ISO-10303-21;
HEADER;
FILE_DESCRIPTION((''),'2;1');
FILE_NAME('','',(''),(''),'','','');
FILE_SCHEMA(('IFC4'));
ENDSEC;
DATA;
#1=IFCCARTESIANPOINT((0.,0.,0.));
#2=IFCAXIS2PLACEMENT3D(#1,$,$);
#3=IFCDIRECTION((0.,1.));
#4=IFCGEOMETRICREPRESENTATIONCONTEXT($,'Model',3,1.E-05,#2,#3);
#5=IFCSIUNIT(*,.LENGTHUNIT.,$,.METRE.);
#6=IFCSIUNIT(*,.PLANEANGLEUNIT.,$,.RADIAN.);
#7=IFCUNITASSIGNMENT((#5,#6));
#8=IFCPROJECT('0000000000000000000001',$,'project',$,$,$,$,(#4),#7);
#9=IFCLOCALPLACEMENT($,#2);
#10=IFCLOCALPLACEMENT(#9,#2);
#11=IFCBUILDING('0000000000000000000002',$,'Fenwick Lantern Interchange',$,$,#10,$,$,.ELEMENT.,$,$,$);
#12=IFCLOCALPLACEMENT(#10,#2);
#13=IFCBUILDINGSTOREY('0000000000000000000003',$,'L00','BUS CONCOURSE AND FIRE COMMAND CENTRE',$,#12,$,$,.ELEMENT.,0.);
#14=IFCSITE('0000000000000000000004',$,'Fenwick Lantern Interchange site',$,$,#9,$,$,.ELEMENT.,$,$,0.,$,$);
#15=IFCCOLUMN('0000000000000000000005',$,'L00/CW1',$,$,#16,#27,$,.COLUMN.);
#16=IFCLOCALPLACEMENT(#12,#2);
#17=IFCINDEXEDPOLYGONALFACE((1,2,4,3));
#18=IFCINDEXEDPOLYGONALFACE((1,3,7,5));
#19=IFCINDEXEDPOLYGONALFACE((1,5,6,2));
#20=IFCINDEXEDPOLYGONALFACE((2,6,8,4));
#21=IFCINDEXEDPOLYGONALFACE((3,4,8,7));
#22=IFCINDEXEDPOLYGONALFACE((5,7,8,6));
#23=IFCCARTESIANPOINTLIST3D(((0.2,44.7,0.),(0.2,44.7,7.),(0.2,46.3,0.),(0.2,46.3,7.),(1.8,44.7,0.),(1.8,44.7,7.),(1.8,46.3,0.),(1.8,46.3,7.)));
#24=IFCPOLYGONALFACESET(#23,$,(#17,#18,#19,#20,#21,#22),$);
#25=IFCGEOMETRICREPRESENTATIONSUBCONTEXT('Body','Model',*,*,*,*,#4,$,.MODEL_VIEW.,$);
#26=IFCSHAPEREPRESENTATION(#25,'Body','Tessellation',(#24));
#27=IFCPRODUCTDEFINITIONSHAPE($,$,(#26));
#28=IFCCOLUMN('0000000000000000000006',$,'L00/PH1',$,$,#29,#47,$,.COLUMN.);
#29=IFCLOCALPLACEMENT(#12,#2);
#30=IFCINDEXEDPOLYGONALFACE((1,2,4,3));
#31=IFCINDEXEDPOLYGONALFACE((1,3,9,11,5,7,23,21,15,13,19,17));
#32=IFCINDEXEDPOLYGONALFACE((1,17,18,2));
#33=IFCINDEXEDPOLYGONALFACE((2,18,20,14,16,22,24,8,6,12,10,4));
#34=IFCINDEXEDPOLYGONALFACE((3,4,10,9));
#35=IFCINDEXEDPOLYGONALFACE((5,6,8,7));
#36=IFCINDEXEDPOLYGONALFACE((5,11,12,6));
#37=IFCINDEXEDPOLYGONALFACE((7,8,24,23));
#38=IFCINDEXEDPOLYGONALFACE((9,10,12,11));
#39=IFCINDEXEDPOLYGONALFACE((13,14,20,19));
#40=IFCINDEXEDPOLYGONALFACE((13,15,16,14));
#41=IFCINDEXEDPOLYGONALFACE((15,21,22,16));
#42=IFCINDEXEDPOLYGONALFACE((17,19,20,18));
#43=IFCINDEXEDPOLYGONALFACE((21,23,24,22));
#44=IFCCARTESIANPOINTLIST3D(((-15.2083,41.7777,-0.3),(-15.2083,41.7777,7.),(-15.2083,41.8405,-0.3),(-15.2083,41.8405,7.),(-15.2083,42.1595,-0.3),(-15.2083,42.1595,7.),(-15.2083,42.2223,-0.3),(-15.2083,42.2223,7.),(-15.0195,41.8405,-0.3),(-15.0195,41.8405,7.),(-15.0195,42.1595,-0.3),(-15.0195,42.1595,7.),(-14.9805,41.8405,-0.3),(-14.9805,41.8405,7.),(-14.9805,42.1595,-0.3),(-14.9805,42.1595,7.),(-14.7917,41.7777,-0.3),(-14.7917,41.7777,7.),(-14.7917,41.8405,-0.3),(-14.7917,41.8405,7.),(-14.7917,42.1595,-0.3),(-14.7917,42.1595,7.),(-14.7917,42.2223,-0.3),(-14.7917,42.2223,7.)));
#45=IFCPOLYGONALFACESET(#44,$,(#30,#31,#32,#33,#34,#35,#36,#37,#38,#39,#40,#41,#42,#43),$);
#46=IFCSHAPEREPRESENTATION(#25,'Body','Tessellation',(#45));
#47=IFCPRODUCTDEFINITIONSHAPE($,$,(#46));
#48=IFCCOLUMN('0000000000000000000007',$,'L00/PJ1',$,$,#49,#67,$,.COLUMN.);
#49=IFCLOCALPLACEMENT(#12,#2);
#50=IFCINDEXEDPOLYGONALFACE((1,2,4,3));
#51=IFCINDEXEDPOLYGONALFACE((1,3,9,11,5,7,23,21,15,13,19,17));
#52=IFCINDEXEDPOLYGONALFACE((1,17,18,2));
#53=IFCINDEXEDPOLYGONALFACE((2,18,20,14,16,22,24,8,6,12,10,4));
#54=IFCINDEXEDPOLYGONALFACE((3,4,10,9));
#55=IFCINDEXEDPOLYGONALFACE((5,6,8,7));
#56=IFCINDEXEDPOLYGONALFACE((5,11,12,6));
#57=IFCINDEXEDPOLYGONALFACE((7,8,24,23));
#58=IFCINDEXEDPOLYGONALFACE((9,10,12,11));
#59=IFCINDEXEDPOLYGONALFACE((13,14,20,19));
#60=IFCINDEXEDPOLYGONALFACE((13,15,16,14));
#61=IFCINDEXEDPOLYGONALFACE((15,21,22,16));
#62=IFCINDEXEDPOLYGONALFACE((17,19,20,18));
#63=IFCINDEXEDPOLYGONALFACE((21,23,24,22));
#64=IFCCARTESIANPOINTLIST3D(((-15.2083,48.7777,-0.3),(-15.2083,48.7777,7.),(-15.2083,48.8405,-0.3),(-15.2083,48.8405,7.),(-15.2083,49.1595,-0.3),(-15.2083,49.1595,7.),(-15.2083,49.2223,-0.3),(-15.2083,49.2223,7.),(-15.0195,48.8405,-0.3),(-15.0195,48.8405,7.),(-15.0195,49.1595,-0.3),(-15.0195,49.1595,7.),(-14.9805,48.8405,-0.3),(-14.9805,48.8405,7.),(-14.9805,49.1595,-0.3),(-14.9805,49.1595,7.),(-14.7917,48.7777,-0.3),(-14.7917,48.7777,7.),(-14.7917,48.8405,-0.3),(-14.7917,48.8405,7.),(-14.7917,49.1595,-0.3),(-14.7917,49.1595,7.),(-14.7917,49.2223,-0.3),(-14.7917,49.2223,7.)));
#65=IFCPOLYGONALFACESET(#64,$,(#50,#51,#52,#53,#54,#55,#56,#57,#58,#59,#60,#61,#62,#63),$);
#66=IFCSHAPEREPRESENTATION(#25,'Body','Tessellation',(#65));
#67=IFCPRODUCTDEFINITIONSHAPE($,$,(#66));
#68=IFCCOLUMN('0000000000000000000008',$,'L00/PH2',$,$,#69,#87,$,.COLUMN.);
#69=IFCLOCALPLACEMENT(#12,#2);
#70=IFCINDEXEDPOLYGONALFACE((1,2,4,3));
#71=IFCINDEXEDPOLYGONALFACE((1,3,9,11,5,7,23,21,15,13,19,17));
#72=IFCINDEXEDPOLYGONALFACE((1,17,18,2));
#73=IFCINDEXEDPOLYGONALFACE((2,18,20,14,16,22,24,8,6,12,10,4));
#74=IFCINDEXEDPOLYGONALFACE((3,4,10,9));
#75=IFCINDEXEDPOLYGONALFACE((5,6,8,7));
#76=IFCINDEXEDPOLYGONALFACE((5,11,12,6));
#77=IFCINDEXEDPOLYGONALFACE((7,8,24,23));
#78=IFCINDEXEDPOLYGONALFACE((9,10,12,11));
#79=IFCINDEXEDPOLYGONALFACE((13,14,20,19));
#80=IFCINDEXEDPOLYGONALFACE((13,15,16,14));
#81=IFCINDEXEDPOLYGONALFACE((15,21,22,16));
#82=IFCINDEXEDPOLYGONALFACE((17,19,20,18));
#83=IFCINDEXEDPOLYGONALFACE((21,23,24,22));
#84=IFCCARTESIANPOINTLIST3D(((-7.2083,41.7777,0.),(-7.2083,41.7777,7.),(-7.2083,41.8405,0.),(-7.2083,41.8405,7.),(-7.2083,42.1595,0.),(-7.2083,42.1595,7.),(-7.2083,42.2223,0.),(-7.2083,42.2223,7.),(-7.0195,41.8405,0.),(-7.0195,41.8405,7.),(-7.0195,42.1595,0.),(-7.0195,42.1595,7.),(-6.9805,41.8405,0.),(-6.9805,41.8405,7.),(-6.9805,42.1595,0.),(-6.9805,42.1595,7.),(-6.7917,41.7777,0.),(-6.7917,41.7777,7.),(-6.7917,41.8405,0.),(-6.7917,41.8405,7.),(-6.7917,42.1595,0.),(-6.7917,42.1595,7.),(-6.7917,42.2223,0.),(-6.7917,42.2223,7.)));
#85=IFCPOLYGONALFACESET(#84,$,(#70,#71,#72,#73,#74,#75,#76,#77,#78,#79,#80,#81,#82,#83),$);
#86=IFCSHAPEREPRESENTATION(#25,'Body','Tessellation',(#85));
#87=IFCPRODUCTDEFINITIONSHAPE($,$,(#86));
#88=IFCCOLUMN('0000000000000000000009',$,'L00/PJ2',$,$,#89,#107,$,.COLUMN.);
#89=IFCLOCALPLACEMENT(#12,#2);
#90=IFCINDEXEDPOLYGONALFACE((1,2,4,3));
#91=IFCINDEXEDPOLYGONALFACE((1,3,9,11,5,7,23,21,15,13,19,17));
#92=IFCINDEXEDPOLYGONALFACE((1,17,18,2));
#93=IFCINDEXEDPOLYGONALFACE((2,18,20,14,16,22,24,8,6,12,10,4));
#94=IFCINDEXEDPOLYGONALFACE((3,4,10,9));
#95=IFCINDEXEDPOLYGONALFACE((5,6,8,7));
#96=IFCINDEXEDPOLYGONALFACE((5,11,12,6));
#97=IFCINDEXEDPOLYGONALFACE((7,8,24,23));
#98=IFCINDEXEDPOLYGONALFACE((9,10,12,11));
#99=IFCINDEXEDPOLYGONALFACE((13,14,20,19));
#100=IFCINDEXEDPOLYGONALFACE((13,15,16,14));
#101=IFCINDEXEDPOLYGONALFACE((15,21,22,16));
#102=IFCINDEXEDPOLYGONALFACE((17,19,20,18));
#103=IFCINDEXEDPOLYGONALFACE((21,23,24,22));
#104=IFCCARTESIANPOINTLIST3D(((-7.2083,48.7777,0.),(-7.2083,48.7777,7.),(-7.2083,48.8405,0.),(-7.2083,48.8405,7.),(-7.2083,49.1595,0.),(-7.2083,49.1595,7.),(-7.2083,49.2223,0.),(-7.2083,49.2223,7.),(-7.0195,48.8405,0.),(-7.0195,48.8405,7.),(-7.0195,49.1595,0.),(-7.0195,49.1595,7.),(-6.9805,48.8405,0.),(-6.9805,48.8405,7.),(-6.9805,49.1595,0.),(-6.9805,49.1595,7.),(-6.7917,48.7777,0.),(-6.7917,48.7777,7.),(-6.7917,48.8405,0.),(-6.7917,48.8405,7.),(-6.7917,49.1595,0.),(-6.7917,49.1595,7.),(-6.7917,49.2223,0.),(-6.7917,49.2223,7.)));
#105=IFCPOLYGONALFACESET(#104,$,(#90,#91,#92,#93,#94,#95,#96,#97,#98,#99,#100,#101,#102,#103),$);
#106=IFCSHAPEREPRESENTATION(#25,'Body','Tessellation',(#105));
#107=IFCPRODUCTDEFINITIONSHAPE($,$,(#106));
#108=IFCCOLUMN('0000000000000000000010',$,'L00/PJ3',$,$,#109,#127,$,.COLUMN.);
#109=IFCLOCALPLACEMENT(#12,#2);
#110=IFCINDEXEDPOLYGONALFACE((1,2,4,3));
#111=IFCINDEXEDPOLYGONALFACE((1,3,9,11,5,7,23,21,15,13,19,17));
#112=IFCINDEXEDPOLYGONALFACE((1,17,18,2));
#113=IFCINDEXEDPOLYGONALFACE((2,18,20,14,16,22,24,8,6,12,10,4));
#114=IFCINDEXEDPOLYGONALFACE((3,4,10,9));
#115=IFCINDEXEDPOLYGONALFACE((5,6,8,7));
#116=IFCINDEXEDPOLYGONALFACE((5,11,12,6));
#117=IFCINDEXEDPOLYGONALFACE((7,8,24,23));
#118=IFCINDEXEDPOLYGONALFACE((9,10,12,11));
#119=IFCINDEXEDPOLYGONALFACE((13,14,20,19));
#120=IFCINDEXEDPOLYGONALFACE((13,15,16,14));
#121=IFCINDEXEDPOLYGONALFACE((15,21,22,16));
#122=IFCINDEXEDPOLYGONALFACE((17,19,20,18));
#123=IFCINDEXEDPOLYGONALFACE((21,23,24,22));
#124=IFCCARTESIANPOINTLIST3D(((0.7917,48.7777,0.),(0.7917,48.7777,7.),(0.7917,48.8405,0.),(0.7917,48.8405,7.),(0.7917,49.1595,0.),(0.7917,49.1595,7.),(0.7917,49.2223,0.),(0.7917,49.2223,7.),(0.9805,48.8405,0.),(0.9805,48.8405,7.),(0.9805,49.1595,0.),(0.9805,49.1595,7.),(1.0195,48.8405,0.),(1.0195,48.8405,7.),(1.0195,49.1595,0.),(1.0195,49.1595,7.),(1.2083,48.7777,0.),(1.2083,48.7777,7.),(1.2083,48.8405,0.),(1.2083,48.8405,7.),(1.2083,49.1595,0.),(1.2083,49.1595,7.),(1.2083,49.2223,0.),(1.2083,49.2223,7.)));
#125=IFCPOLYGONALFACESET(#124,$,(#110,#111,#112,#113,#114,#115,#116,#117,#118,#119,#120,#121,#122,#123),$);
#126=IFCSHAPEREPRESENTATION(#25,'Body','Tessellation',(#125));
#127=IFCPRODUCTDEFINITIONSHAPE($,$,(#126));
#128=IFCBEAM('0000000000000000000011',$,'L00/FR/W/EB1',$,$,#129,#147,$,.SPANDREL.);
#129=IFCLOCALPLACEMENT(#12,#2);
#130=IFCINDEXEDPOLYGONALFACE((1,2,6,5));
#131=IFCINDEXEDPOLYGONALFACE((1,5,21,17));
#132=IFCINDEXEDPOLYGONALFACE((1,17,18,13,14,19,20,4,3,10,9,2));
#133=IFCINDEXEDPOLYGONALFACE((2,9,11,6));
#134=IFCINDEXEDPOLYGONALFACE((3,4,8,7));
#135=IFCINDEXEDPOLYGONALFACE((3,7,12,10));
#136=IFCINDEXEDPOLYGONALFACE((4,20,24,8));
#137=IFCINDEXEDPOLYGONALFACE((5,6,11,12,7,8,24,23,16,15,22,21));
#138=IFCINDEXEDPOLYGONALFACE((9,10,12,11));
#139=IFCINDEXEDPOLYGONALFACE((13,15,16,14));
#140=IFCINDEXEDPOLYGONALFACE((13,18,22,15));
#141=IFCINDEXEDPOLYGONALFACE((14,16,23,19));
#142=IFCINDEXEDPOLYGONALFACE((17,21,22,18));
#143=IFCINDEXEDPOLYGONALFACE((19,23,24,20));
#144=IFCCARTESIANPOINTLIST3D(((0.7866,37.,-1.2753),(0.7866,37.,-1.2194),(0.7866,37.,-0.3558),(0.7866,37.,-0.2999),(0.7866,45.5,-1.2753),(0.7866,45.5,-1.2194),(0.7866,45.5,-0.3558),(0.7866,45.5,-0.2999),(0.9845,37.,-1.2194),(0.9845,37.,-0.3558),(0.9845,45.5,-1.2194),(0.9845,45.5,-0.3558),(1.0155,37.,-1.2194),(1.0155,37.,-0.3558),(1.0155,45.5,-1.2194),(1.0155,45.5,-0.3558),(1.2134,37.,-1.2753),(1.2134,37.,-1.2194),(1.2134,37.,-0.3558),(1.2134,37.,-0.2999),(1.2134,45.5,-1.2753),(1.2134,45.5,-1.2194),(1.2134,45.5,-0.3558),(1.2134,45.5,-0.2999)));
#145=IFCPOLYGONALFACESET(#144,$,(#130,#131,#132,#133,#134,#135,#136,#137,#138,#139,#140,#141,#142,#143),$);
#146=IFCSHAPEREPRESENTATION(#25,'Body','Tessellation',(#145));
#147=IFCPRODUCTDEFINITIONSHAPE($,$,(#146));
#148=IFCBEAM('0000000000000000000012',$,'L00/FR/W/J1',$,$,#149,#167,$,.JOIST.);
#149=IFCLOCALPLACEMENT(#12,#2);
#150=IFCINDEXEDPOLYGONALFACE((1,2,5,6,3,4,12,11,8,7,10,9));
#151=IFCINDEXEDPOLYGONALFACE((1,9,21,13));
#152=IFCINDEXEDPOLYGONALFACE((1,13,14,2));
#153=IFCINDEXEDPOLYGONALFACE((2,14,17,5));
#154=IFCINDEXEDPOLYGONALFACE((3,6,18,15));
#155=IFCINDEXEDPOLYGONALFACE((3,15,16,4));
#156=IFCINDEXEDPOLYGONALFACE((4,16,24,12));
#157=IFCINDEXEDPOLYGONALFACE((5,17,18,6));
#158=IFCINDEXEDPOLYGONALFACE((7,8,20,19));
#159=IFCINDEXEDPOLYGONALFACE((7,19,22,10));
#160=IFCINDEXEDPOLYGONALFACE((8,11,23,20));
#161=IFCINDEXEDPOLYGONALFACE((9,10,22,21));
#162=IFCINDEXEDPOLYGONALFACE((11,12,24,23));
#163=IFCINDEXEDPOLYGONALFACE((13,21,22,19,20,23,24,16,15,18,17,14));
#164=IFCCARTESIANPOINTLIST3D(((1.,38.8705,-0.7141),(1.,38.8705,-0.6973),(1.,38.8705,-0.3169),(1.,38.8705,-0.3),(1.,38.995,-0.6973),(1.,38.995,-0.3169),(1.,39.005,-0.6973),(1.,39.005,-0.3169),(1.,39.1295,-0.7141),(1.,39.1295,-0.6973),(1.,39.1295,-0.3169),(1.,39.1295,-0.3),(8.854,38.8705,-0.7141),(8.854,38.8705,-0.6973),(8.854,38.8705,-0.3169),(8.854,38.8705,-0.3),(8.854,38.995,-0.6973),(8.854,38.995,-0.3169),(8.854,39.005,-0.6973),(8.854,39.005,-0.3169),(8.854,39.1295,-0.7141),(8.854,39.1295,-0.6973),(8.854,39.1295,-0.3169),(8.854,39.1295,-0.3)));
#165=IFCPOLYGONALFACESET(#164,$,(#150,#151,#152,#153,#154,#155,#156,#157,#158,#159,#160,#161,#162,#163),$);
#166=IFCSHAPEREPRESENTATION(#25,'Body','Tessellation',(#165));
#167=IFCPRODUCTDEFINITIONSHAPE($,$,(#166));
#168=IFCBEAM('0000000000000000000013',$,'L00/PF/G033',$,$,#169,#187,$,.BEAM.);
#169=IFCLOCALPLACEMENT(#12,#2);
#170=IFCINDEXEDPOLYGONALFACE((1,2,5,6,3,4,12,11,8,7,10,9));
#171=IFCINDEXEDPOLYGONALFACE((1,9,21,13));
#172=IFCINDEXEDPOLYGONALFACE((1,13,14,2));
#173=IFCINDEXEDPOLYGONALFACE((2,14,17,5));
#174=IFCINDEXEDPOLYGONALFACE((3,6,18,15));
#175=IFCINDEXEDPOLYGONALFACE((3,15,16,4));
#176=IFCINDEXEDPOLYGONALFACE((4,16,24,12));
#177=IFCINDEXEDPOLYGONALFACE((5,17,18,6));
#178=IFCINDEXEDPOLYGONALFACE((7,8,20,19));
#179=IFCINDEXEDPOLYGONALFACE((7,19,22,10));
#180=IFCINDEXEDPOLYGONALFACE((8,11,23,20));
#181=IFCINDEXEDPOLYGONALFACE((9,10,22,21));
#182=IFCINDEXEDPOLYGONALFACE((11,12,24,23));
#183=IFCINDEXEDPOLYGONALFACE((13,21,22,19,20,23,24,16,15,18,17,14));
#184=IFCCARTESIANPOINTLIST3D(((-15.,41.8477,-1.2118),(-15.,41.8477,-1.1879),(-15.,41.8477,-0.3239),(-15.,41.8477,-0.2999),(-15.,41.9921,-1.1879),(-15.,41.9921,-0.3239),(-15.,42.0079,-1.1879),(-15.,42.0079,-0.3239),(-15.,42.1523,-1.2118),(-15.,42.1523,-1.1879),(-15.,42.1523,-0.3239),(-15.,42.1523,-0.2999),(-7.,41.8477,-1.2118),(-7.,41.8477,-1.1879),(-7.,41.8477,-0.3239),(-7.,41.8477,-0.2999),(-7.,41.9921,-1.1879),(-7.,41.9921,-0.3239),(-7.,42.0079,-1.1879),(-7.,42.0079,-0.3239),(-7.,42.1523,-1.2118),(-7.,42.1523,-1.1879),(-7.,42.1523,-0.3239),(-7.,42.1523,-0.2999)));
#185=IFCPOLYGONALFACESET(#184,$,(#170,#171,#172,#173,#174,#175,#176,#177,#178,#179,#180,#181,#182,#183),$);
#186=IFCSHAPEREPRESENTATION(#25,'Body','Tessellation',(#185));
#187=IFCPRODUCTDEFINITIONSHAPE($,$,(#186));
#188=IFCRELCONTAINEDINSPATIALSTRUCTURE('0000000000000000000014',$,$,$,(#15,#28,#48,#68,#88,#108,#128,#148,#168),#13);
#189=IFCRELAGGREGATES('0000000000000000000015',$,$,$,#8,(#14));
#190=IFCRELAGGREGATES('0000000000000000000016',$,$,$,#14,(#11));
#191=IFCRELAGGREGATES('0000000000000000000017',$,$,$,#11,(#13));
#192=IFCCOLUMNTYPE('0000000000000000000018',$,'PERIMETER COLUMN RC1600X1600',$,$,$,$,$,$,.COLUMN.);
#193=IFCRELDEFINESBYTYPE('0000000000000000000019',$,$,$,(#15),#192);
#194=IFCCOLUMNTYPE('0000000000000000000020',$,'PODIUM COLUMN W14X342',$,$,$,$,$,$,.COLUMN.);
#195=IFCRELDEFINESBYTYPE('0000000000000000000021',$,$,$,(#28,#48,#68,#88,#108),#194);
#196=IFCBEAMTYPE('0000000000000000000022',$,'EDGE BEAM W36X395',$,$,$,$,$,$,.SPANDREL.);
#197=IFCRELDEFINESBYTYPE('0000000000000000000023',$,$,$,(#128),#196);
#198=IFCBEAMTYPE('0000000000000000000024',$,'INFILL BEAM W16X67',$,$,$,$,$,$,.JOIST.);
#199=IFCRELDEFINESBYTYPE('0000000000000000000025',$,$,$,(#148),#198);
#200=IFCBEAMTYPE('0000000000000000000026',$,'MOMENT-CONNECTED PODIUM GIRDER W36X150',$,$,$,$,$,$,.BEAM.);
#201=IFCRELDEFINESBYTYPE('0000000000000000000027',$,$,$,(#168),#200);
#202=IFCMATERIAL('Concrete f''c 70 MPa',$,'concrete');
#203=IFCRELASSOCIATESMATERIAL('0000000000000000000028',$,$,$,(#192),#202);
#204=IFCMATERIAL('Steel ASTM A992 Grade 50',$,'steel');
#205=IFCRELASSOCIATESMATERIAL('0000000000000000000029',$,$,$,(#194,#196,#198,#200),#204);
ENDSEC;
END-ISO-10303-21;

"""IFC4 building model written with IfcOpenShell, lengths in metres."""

from ifc_helpers import new_model, si_unit, direction, frame, origin, origin_2d, place, context, subcontext, project, spatial, rectangle, i_section, extrude, material, material_profile, profile_set, type_object, element, save


model = new_model("IFC4")

# Units and contexts
model_context = context("Model", 3, precision=1e-05, world=origin(), true_north=direction((0.0, 1.0)))
body_context = subcontext(model_context, "Body", "Model", "MODEL_VIEW")
ifc_project = project(units=[si_unit("LENGTHUNIT", "METRE"), si_unit("PLANEANGLEUNIT", "RADIAN")], contexts=[model_context])

# Site, building, storey
site_placement = place(None, origin())
site = spatial("IfcSite", under=ifc_project, at=site_placement, Name="Fenwick Lantern Interchange site", CompositionType="ELEMENT", RefElevation=0.0)
building_placement = place(site_placement, origin())
building = spatial("IfcBuilding", under=site, at=building_placement, Name="Fenwick Lantern Interchange", CompositionType="ELEMENT")
storey_placement = place(building_placement, origin())
storey = spatial("IfcBuildingStorey", under=building, at=storey_placement, Name="L00", Description="BUS CONCOURSE AND FIRE COMMAND CENTRE", CompositionType="ELEMENT", Elevation=0.0)

# Columns
ifc_material_1 = material(Name="Concrete f'c 70 MPa", Category="concrete")
ifc_material_profile_1 = material_profile(ifc_material_1, rectangle(XDim=1.6001, YDim=1.6001, at=origin_2d()), Name="RC1600X1600")
ifc_profile_set_1 = profile_set([ifc_material_profile_1], Name="Concrete f'c 70 MPa")
column_type_1 = type_object("IfcColumnType", Name="PERIMETER COLUMN RC1600X1600", PredefinedType="COLUMN", material=ifc_profile_set_1)
column_placement = place(storey_placement, frame((1.0, 45.5, 0.0), z_axis=(0.0, 0.0, 1.0), x_axis=(1.0, 0.0, 0.0)))
element("IfcColumn", 1, at=column_placement, inside=storey, type_object=column_type_1, Name="L00/CW1", PredefinedType="COLUMN", context=body_context, shape_type="SweptSolid", body=[
    extrude(rectangle(XDim=1.6001, YDim=1.6001, at=origin_2d()), origin(), (0.0, 0.0, 1.0), 7.0),
])
ifc_material_2 = material(Name="Steel ASTM A992 Grade 50", Category="steel")
ifc_material_profile_2 = material_profile(ifc_material_2, i_section(OverallWidth=0.4165, OverallDepth=0.4446, WebThickness=0.0391, FlangeThickness=0.0627, at=origin_2d()), Name="W14X342")
ifc_profile_set_2 = profile_set([ifc_material_profile_2], Name="Steel ASTM A992 Grade 50")
column_type_2 = type_object("IfcColumnType", Name="PODIUM COLUMN W14X342", PredefinedType="COLUMN", material=ifc_profile_set_2)
for number, where, z_axis, x_axis, name in (
    (2, (-15.0, 42.0, -0.3), (0.0, 0.0, 1.0), (1.0, 0.0, 0.0), "L00/PH1"),
    (3, (-15.0, 49.0, -0.3), (0.0, 0.0, 1.0), (1.0, 0.0, 0.0), "L00/PJ1"),
):
    element("IfcColumn", number, at=place(storey_placement, frame(where, z_axis=z_axis, x_axis=x_axis)), inside=storey, type_object=column_type_2, Name=name, PredefinedType="COLUMN", context=body_context, shape_type="SweptSolid", body=[
        extrude(i_section(OverallWidth=0.4165, OverallDepth=0.4446, WebThickness=0.0391, FlangeThickness=0.0627, at=origin_2d()), origin(), (0.0, 0.0, 1.0), 7.3),
    ])
for number, where, z_axis, x_axis, name in (
    (4, (-7.0, 42.0, 0.0), (0.0, 0.0, 1.0), (1.0, 0.0, 0.0), "L00/PH2"),
    (5, (-7.0, 49.0, 0.0), (0.0, 0.0, 1.0), (1.0, 0.0, 0.0), "L00/PJ2"),
    (6, (1.0, 49.0, 0.0), (0.0, 0.0, 1.0), (1.0, 0.0, 0.0), "L00/PJ3"),
):
    element("IfcColumn", number, at=place(storey_placement, frame(where, z_axis=z_axis, x_axis=x_axis)), inside=storey, type_object=column_type_2, Name=name, PredefinedType="COLUMN", context=body_context, shape_type="SweptSolid", body=[
        extrude(i_section(OverallWidth=0.4165, OverallDepth=0.4446, WebThickness=0.0391, FlangeThickness=0.0627, at=origin_2d()), origin(), (0.0, 0.0, 1.0), 7.0),
    ])

# Beams
ifc_material_profile_3 = material_profile(ifc_material_2, i_section(OverallWidth=0.4268, OverallDepth=0.9753, WebThickness=0.031, FlangeThickness=0.0559, at=origin_2d()), Name="W36X395")
ifc_profile_set_3 = profile_set([ifc_material_profile_3], Name="Steel ASTM A992 Grade 50")
beam_type_1 = type_object("IfcBeamType", Name="EDGE BEAM W36X395", PredefinedType="SPANDREL", material=ifc_profile_set_3)
beam_1_placement = place(storey_placement, frame((1.0, 45.5, -0.7876), z_axis=(0.0, -1.0, 0.0), x_axis=(1.0, 0.0, 0.0)))
element("IfcBeam", 7, at=beam_1_placement, inside=storey, type_object=beam_type_1, Name="L00/FR/W/EB1", PredefinedType="SPANDREL", context=body_context, shape_type="SweptSolid", body=[
    extrude(i_section(OverallWidth=0.4268, OverallDepth=0.9753, WebThickness=0.031, FlangeThickness=0.0559, at=origin_2d()), origin(), (0.0, 0.0, 1.0), 8.5),
])
ifc_material_profile_4 = material_profile(ifc_material_2, i_section(OverallWidth=0.259, OverallDepth=0.4141, WebThickness=0.01, FlangeThickness=0.0168, at=origin_2d()), Name="W16X67")
ifc_profile_set_4 = profile_set([ifc_material_profile_4], Name="Steel ASTM A992 Grade 50")
beam_type_2 = type_object("IfcBeamType", Name="INFILL BEAM W16X67", PredefinedType="JOIST", material=ifc_profile_set_4)
beam_2_placement = place(storey_placement, frame((1.0, 39.0, -0.5071), z_axis=(1.0, 0.0, 0.0), x_axis=(0.0, 1.0, 0.0)))
element("IfcBeam", 8, at=beam_2_placement, inside=storey, type_object=beam_type_2, Name="L00/FR/W/J1", PredefinedType="JOIST", context=body_context, shape_type="SweptSolid", body=[
    extrude(i_section(OverallWidth=0.259, OverallDepth=0.4141, WebThickness=0.01, FlangeThickness=0.0168, at=origin_2d()), origin(), (0.0, 0.0, 1.0), 7.854),
])
ifc_material_profile_5 = material_profile(ifc_material_2, i_section(OverallWidth=0.3047, OverallDepth=0.9119, WebThickness=0.0159, FlangeThickness=0.0239, at=origin_2d()), Name="W36X150")
ifc_profile_set_5 = profile_set([ifc_material_profile_5], Name="Steel ASTM A992 Grade 50")
beam_type_3 = type_object("IfcBeamType", Name="MOMENT-CONNECTED PODIUM GIRDER W36X150", PredefinedType="BEAM", material=ifc_profile_set_5)
for number, where, z_axis, x_axis, name in (
    (9, (-15.0, 42.0, -0.7559), (1.0, 0.0, 0.0), (0.0, 1.0, 0.0), "L00/PF/G033"),
):
    element("IfcBeam", number, at=place(storey_placement, frame(where, z_axis=z_axis, x_axis=x_axis)), inside=storey, type_object=beam_type_3, Name=name, PredefinedType="BEAM", context=body_context, shape_type="SweptSolid", body=[
        extrude(i_section(OverallWidth=0.3047, OverallDepth=0.9119, WebThickness=0.0159, FlangeThickness=0.0239, at=origin_2d()), origin(), (0.0, 0.0, 1.0), 8.0),
    ])

save(model, "model.ifc")
